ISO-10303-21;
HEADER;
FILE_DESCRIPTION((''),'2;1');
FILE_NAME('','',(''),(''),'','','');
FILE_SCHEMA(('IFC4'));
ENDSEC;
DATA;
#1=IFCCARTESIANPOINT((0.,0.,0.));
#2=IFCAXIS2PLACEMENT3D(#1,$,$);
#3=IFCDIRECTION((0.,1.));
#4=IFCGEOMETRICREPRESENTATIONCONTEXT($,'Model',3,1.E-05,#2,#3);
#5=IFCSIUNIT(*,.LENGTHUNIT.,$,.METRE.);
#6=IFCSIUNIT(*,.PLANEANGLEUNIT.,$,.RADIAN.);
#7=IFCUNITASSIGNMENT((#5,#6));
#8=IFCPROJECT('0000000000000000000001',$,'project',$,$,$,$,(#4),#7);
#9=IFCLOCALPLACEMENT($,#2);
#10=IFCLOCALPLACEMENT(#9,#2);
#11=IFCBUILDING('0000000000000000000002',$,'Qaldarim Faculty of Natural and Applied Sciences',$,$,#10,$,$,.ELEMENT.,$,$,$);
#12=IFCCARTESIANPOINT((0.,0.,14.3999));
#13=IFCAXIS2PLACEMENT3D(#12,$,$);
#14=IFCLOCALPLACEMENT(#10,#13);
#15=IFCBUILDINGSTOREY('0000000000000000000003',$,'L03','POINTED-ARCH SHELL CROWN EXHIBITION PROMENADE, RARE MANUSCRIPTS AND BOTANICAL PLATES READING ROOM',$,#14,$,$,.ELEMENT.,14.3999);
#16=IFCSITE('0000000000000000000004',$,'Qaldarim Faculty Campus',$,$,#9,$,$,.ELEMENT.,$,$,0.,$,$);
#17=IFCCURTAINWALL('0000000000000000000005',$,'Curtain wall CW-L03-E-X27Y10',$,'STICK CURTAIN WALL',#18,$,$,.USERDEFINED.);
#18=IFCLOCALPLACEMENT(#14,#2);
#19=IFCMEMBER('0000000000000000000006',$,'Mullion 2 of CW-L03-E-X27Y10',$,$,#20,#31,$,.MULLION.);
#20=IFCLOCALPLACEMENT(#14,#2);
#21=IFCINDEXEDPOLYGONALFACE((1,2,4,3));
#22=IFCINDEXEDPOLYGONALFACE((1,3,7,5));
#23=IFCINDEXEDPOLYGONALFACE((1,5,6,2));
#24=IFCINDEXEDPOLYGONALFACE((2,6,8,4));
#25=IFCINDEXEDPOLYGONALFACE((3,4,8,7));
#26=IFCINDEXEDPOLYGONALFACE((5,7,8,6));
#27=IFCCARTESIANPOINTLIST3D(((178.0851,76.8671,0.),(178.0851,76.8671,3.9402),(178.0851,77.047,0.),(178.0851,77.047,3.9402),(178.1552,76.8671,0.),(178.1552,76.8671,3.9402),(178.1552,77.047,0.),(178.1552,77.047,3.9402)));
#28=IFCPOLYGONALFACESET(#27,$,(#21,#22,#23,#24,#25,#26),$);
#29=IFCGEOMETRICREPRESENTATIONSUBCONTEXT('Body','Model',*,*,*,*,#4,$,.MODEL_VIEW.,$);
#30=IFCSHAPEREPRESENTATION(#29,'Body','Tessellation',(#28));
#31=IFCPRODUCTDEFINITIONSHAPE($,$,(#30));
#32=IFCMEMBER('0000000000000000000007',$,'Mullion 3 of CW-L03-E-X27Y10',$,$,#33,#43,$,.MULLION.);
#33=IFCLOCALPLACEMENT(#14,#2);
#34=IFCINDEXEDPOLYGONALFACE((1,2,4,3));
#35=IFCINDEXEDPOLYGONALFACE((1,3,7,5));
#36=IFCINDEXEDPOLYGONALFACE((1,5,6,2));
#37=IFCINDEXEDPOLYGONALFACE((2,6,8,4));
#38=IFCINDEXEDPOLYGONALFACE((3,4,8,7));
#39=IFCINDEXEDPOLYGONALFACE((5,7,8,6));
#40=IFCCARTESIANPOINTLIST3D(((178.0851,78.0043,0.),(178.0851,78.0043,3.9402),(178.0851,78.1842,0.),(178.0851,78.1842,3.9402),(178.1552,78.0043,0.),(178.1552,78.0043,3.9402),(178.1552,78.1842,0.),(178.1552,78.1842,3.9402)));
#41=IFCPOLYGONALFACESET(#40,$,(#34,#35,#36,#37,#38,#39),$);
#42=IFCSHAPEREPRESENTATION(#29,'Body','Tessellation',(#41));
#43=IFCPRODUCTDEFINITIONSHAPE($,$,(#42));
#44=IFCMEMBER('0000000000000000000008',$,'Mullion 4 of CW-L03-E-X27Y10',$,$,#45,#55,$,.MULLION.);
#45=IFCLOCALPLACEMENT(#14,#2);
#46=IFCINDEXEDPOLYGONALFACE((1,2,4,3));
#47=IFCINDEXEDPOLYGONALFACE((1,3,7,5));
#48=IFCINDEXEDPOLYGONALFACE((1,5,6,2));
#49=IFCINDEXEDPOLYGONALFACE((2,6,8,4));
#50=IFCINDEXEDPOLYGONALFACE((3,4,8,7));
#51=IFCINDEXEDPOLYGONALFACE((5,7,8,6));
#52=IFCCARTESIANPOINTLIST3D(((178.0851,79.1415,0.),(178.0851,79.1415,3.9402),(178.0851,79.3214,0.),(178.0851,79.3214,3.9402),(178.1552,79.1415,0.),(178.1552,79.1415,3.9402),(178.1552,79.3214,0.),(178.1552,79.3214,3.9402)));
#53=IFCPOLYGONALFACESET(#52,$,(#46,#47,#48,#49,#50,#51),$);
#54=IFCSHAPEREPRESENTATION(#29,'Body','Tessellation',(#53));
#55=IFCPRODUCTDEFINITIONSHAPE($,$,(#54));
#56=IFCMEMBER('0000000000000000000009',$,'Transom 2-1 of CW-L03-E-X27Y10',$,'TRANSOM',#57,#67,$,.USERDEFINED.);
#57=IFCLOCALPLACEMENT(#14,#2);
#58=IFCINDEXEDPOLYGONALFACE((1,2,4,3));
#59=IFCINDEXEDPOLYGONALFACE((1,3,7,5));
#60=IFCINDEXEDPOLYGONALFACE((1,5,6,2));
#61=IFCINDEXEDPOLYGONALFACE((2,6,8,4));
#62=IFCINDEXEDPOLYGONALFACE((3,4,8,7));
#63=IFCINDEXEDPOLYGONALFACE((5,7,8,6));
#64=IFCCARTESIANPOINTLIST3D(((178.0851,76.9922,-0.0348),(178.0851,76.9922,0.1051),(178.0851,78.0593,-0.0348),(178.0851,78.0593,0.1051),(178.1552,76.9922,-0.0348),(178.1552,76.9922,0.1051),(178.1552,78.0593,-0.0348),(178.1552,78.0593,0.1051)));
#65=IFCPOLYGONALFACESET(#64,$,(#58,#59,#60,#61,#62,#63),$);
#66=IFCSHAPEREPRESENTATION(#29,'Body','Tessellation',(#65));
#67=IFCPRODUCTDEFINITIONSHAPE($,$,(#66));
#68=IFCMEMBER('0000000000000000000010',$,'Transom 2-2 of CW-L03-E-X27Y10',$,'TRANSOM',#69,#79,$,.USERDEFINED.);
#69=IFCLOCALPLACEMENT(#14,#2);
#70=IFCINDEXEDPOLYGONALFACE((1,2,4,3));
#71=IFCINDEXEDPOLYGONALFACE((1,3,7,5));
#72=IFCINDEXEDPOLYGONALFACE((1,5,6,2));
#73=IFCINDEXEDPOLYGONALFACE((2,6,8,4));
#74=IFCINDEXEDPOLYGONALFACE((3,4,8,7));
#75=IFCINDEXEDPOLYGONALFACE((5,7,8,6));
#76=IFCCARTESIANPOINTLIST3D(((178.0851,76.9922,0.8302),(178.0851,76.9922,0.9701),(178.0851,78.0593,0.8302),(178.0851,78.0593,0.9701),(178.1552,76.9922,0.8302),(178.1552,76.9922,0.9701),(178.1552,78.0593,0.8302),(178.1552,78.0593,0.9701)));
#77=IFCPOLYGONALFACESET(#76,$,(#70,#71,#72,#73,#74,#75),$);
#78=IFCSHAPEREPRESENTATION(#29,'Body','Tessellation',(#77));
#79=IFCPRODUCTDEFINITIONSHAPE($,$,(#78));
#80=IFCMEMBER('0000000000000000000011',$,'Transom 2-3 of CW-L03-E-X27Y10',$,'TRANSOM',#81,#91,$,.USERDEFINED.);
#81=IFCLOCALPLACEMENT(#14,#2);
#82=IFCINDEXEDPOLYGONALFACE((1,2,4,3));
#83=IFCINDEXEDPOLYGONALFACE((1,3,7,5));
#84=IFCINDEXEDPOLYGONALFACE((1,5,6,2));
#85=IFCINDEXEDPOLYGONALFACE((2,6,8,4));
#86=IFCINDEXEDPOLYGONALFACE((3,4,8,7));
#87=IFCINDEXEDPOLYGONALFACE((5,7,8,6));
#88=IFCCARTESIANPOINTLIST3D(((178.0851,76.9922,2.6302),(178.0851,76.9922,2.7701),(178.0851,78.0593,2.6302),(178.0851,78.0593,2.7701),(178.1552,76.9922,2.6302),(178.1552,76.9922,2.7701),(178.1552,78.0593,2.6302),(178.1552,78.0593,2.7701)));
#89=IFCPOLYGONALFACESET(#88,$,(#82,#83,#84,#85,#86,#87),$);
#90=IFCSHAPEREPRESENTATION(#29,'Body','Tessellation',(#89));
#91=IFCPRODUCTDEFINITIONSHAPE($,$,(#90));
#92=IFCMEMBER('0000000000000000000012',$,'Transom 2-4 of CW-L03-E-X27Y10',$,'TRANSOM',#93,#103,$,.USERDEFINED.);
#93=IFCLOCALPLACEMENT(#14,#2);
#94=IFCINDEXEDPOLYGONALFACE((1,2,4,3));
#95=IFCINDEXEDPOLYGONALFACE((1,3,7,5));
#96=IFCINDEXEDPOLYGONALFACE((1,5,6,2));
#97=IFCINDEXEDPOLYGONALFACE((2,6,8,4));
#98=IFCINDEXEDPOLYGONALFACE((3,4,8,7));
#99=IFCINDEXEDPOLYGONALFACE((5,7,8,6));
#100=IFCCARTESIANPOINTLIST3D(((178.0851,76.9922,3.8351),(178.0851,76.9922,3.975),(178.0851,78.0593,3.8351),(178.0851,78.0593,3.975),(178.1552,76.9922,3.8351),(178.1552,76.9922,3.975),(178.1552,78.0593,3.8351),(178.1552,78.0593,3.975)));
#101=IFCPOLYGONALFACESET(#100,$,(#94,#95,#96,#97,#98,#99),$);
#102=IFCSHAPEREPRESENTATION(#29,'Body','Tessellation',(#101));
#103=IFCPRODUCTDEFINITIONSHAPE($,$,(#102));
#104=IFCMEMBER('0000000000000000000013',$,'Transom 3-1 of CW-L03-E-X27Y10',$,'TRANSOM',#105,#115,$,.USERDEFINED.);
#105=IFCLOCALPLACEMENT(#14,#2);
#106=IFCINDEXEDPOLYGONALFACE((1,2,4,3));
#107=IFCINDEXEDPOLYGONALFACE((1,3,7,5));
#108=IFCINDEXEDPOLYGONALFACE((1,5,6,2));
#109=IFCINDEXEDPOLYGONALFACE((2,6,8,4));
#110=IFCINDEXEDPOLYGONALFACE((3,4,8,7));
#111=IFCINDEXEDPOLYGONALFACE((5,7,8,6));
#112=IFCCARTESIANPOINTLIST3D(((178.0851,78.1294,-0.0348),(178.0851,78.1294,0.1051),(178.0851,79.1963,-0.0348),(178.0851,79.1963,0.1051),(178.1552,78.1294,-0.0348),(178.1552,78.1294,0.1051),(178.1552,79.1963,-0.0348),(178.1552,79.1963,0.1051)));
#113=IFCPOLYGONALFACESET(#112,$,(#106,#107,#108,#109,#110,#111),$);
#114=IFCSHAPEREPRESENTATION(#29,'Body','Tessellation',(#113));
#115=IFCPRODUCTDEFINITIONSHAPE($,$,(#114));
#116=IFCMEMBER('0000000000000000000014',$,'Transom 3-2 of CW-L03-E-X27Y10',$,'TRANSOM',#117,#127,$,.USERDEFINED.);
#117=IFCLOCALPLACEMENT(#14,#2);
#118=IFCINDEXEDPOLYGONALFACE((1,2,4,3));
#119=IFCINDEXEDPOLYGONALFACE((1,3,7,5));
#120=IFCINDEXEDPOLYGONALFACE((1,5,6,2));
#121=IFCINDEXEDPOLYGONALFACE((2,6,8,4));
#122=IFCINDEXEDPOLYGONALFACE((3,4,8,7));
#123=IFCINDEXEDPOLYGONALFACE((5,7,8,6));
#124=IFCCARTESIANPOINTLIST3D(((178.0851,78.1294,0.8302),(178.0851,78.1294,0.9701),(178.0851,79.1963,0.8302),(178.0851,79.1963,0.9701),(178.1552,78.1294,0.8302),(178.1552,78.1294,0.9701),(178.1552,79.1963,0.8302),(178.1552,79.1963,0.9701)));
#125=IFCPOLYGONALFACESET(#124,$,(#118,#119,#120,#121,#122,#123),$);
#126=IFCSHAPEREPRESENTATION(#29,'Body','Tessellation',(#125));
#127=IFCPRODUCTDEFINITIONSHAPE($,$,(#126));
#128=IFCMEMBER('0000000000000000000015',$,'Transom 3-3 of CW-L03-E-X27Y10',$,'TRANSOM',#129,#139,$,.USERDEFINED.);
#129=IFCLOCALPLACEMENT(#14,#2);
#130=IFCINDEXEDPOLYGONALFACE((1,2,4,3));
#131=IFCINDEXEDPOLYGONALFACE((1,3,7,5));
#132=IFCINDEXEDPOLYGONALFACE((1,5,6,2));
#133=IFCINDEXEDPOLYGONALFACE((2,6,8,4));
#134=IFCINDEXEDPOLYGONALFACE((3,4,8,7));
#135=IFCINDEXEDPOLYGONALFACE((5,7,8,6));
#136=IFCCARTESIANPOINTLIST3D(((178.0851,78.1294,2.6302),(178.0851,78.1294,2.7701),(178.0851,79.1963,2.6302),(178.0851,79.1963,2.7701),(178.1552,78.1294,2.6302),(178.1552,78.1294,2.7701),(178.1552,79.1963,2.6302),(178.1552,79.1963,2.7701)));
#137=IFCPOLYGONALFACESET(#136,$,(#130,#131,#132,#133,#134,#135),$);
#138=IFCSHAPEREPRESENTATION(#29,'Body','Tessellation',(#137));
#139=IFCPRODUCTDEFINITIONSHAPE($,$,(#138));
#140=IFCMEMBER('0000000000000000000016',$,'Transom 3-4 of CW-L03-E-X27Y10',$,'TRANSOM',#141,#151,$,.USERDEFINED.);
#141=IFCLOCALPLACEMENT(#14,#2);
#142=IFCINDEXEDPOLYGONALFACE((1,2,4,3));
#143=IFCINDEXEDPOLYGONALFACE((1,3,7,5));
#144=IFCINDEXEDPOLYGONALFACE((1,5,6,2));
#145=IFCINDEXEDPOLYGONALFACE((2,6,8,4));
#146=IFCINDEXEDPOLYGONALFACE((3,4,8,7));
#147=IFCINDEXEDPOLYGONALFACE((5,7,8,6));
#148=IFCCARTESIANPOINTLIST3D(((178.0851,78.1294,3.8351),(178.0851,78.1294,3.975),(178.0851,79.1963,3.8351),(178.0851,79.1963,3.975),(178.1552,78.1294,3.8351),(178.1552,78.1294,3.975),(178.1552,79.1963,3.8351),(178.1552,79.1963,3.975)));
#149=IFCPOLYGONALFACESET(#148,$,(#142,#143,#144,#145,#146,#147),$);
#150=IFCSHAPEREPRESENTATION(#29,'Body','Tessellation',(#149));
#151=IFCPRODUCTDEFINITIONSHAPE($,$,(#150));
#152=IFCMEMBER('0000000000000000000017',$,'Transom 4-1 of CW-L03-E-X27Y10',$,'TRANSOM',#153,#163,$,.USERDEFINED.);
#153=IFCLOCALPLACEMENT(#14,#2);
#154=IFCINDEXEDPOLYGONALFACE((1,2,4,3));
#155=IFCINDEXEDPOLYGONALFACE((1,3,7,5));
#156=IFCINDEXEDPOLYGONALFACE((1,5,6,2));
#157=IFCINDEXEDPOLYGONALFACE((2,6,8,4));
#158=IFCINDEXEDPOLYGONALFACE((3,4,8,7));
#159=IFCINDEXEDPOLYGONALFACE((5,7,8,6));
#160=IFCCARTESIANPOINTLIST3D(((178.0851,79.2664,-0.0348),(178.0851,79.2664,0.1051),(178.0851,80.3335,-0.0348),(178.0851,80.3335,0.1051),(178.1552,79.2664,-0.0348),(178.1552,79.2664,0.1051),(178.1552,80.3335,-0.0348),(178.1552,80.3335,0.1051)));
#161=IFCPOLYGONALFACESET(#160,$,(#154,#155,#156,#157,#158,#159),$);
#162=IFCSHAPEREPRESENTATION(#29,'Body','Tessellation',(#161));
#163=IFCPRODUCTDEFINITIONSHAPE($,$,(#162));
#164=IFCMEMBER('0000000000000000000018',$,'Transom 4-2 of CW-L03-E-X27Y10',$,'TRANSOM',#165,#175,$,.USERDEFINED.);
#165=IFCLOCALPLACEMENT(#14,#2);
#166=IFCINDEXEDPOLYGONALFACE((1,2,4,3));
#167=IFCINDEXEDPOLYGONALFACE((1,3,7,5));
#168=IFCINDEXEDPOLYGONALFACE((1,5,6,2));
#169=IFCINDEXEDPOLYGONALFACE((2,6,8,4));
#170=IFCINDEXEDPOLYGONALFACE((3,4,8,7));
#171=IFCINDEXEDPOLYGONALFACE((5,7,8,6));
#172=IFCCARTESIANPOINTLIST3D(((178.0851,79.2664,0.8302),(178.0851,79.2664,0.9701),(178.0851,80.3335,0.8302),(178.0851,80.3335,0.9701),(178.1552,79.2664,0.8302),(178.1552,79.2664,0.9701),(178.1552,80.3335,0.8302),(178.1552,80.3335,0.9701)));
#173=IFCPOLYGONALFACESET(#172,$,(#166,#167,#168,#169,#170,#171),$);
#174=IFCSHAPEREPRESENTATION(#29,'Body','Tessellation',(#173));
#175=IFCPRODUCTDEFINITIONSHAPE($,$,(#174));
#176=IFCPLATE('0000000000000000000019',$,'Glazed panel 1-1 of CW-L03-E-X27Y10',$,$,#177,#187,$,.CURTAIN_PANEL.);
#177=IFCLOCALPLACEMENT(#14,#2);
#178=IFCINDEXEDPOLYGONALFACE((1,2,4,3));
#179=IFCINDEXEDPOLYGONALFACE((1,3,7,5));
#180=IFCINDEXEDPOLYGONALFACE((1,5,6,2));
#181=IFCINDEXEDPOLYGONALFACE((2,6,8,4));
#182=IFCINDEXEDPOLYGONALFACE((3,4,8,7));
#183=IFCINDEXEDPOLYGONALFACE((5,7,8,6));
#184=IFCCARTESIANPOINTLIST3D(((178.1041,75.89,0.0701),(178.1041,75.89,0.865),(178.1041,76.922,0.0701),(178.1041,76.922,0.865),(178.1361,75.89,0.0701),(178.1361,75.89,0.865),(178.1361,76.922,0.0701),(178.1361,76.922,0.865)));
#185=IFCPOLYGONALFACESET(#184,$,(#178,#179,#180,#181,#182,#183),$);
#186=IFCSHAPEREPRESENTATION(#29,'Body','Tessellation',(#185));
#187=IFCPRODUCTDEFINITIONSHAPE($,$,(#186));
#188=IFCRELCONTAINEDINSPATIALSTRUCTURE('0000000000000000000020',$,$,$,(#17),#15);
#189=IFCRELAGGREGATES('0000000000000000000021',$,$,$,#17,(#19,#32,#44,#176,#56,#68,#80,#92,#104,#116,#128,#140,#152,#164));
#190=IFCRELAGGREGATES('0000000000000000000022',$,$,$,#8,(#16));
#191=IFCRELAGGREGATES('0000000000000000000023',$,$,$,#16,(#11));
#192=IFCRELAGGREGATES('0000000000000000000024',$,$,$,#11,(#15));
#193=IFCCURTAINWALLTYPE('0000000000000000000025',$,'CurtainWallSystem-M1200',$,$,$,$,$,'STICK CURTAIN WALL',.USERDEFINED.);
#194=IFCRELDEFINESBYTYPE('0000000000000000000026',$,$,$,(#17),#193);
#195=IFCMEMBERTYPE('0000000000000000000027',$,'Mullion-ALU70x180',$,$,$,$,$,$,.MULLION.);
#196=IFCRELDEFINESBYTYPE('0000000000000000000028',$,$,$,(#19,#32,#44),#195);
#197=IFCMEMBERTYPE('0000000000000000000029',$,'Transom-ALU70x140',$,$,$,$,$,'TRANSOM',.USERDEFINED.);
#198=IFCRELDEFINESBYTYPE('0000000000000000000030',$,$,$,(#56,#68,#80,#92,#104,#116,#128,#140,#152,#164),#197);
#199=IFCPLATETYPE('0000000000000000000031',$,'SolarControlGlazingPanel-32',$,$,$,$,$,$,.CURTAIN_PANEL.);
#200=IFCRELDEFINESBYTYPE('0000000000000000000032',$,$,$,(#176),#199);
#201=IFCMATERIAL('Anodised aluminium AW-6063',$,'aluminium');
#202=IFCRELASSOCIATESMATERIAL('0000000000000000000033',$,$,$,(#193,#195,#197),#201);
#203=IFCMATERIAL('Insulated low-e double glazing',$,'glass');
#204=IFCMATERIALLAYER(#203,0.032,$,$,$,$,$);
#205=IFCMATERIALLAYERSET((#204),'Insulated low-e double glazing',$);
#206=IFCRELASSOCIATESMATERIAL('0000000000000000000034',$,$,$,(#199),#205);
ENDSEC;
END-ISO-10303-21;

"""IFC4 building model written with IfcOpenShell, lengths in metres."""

from ifc_helpers import new_model, si_unit, direction, frame, origin, origin_2d, place, context, subcontext, project, spatial, rectangle, extrude, material, layer, layer_set, material_profile, profile_set, type_object, element, aggregate, save


model = new_model("IFC4")

# Units and contexts
model_context = context("Model", 3, precision=1e-05, world=origin(), true_north=direction((0.0, 1.0)))
body_context = subcontext(model_context, "Body", "Model", "MODEL_VIEW")
ifc_project = project(units=[si_unit("LENGTHUNIT", "METRE"), si_unit("PLANEANGLEUNIT", "RADIAN")], contexts=[model_context])

# Site, building, storey
site_placement = place(None, origin())
site = spatial("IfcSite", under=ifc_project, at=site_placement, Name="Qaldarim Faculty Campus", CompositionType="ELEMENT", RefElevation=0.0)
building_placement = place(site_placement, origin())
building = spatial("IfcBuilding", under=site, at=building_placement, Name="Qaldarim Faculty of Natural and Applied Sciences", CompositionType="ELEMENT")
storey_placement = place(building_placement, frame((0.0, 0.0, 14.3999)))
storey = spatial("IfcBuildingStorey", under=building, at=storey_placement, Name="L03", Description="POINTED-ARCH SHELL CROWN EXHIBITION PROMENADE, RARE MANUSCRIPTS AND BOTANICAL PLATES READING ROOM", CompositionType="ELEMENT", Elevation=14.3999)

# Curtain wall, members, plate
ifc_material_1 = material(Name="Anodised aluminium AW-6063", Category="aluminium")
curtain_wall_type = type_object("IfcCurtainWallType", Name="CurtainWallSystem-M1200", ElementType="STICK CURTAIN WALL", PredefinedType="USERDEFINED", material=ifc_material_1)
curtain_wall_placement = place(storey_placement, origin())
curtain_wall = element("IfcCurtainWall", 1, at=curtain_wall_placement, inside=storey, type_object=curtain_wall_type, Name="Curtain wall CW-L03-E-X27Y10", ObjectType="STICK CURTAIN WALL", PredefinedType="USERDEFINED")
ifc_material_profile_1 = material_profile(ifc_material_1, rectangle(XDim=0.0701, YDim=0.1799, at=origin_2d()), Name="ALU-M70x180")
ifc_profile_set_1 = profile_set([ifc_material_profile_1], Name="Anodised aluminium AW-6063")
member_type_1 = type_object("IfcMemberType", Name="Mullion-ALU70x180", PredefinedType="MULLION", material=ifc_profile_set_1)
member_1_placement = place(storey_placement, frame((178.1201, 76.957, 0.0), z_axis=(0.0, 0.0, 1.0), x_axis=(-1.0, 0.0, 0.0)))
member_1 = element("IfcMember", 2, at=member_1_placement, type_object=member_type_1, Name="Mullion 2 of CW-L03-E-X27Y10", PredefinedType="MULLION", context=body_context, shape_type="SweptSolid", body=[
    extrude(rectangle(XDim=0.0701, YDim=0.1799, at=origin_2d()), origin(), (0.0, 0.0, 1.0), 3.9402),
])
member_2_placement = place(storey_placement, frame((178.1201, 78.0942, 0.0), z_axis=(0.0, 0.0, 1.0), x_axis=(-1.0, 0.0, 0.0)))
member_2 = element("IfcMember", 3, at=member_2_placement, type_object=member_type_1, Name="Mullion 3 of CW-L03-E-X27Y10", PredefinedType="MULLION", context=body_context, shape_type="SweptSolid", body=[
    extrude(rectangle(XDim=0.0701, YDim=0.1799, at=origin_2d()), origin(), (0.0, 0.0, 1.0), 3.9402),
])
member_3_placement = place(storey_placement, frame((178.1201, 79.2314, 0.0), z_axis=(0.0, 0.0, 1.0), x_axis=(-1.0, 0.0, 0.0)))
member_3 = element("IfcMember", 4, at=member_3_placement, type_object=member_type_1, Name="Mullion 4 of CW-L03-E-X27Y10", PredefinedType="MULLION", context=body_context, shape_type="SweptSolid", body=[
    extrude(rectangle(XDim=0.0701, YDim=0.1799, at=origin_2d()), origin(), (0.0, 0.0, 1.0), 3.9402),
])
ifc_material_profile_2 = material_profile(ifc_material_1, rectangle(XDim=0.0701, YDim=0.1399, at=origin_2d()), Name="ALU-T70x140")
ifc_profile_set_2 = profile_set([ifc_material_profile_2], Name="Anodised aluminium AW-6063")
member_type_2 = type_object("IfcMemberType", Name="Transom-ALU70x140", ElementType="TRANSOM", PredefinedType="USERDEFINED", material=ifc_profile_set_2)
member_4_placement = place(storey_placement, frame((178.1201, 76.9922, 0.0352), z_axis=(0.0, 1.0, 0.0), x_axis=(-1.0, 0.0, 0.0)))
member_4 = element("IfcMember", 5, at=member_4_placement, type_object=member_type_2, Name="Transom 2-1 of CW-L03-E-X27Y10", ObjectType="TRANSOM", PredefinedType="USERDEFINED", context=body_context, shape_type="SweptSolid", body=[
    extrude(rectangle(XDim=0.0701, YDim=0.1399, at=origin_2d()), origin(), (0.0, 0.0, 1.0), 1.0671),
])
member_5_placement = place(storey_placement, frame((178.1201, 76.9922, 0.9001), z_axis=(0.0, 1.0, 0.0), x_axis=(-1.0, 0.0, 0.0)))
member_5 = element("IfcMember", 6, at=member_5_placement, type_object=member_type_2, Name="Transom 2-2 of CW-L03-E-X27Y10", ObjectType="TRANSOM", PredefinedType="USERDEFINED", context=body_context, shape_type="SweptSolid", body=[
    extrude(rectangle(XDim=0.0701, YDim=0.1399, at=origin_2d()), origin(), (0.0, 0.0, 1.0), 1.0671),
])
member_6_placement = place(storey_placement, frame((178.1201, 76.9922, 2.7002), z_axis=(0.0, 1.0, 0.0), x_axis=(-1.0, 0.0, 0.0)))
member_6 = element("IfcMember", 7, at=member_6_placement, type_object=member_type_2, Name="Transom 2-3 of CW-L03-E-X27Y10", ObjectType="TRANSOM", PredefinedType="USERDEFINED", context=body_context, shape_type="SweptSolid", body=[
    extrude(rectangle(XDim=0.0701, YDim=0.1399, at=origin_2d()), origin(), (0.0, 0.0, 1.0), 1.0671),
])
member_7_placement = place(storey_placement, frame((178.1201, 76.9922, 3.905), z_axis=(0.0, 1.0, 0.0), x_axis=(-1.0, 0.0, 0.0)))
member_7 = element("IfcMember", 8, at=member_7_placement, type_object=member_type_2, Name="Transom 2-4 of CW-L03-E-X27Y10", ObjectType="TRANSOM", PredefinedType="USERDEFINED", context=body_context, shape_type="SweptSolid", body=[
    extrude(rectangle(XDim=0.0701, YDim=0.1399, at=origin_2d()), origin(), (0.0, 0.0, 1.0), 1.0671),
])
member_8_placement = place(storey_placement, frame((178.1201, 78.1294, 0.0352), z_axis=(0.0, 1.0, 0.0), x_axis=(-1.0, 0.0, 0.0)))
member_8 = element("IfcMember", 9, at=member_8_placement, type_object=member_type_2, Name="Transom 3-1 of CW-L03-E-X27Y10", ObjectType="TRANSOM", PredefinedType="USERDEFINED", context=body_context, shape_type="SweptSolid", body=[
    extrude(rectangle(XDim=0.0701, YDim=0.1399, at=origin_2d()), origin(), (0.0, 0.0, 1.0), 1.0669),
])
member_9_placement = place(storey_placement, frame((178.1201, 78.1294, 0.9001), z_axis=(0.0, 1.0, 0.0), x_axis=(-1.0, 0.0, 0.0)))
member_9 = element("IfcMember", 10, at=member_9_placement, type_object=member_type_2, Name="Transom 3-2 of CW-L03-E-X27Y10", ObjectType="TRANSOM", PredefinedType="USERDEFINED", context=body_context, shape_type="SweptSolid", body=[
    extrude(rectangle(XDim=0.0701, YDim=0.1399, at=origin_2d()), origin(), (0.0, 0.0, 1.0), 1.0669),
])
member_10_placement = place(storey_placement, frame((178.1201, 78.1294, 2.7002), z_axis=(0.0, 1.0, 0.0), x_axis=(-1.0, 0.0, 0.0)))
member_10 = element("IfcMember", 11, at=member_10_placement, type_object=member_type_2, Name="Transom 3-3 of CW-L03-E-X27Y10", ObjectType="TRANSOM", PredefinedType="USERDEFINED", context=body_context, shape_type="SweptSolid", body=[
    extrude(rectangle(XDim=0.0701, YDim=0.1399, at=origin_2d()), origin(), (0.0, 0.0, 1.0), 1.0669),
])
member_11_placement = place(storey_placement, frame((178.1201, 78.1294, 3.905), z_axis=(0.0, 1.0, 0.0), x_axis=(-1.0, 0.0, 0.0)))
member_11 = element("IfcMember", 12, at=member_11_placement, type_object=member_type_2, Name="Transom 3-4 of CW-L03-E-X27Y10", ObjectType="TRANSOM", PredefinedType="USERDEFINED", context=body_context, shape_type="SweptSolid", body=[
    extrude(rectangle(XDim=0.0701, YDim=0.1399, at=origin_2d()), origin(), (0.0, 0.0, 1.0), 1.0669),
])
member_12_placement = place(storey_placement, frame((178.1201, 79.2664, 0.0352), z_axis=(0.0, 1.0, 0.0), x_axis=(-1.0, 0.0, 0.0)))
member_12 = element("IfcMember", 13, at=member_12_placement, type_object=member_type_2, Name="Transom 4-1 of CW-L03-E-X27Y10", ObjectType="TRANSOM", PredefinedType="USERDEFINED", context=body_context, shape_type="SweptSolid", body=[
    extrude(rectangle(XDim=0.0701, YDim=0.1399, at=origin_2d()), origin(), (0.0, 0.0, 1.0), 1.0671),
])
member_13_placement = place(storey_placement, frame((178.1201, 79.2664, 0.9001), z_axis=(0.0, 1.0, 0.0), x_axis=(-1.0, 0.0, 0.0)))
member_13 = element("IfcMember", 14, at=member_13_placement, type_object=member_type_2, Name="Transom 4-2 of CW-L03-E-X27Y10", ObjectType="TRANSOM", PredefinedType="USERDEFINED", context=body_context, shape_type="SweptSolid", body=[
    extrude(rectangle(XDim=0.0701, YDim=0.1399, at=origin_2d()), origin(), (0.0, 0.0, 1.0), 1.0671),
])
ifc_material_2 = material(Name="Insulated low-e double glazing", Category="glass")
ifc_layer = layer(ifc_material_2, 0.032)
ifc_layer_set = layer_set([ifc_layer], Name="Insulated low-e double glazing")
plate_type = type_object("IfcPlateType", Name="SolarControlGlazingPanel-32", PredefinedType="CURTAIN_PANEL", material=ifc_layer_set)
plate_1_placement = place(storey_placement, frame((178.1201, 76.406, 0.0701), z_axis=(0.0, 0.0, 1.0), x_axis=(0.0, 1.0, 0.0)))
plate_1 = element("IfcPlate", 15, at=plate_1_placement, type_object=plate_type, Name="Glazed panel 1-1 of CW-L03-E-X27Y10", PredefinedType="CURTAIN_PANEL", context=body_context, shape_type="SweptSolid", body=[
    extrude(rectangle(XDim=1.032, YDim=0.032, at=origin_2d()), origin(), (0.0, 0.0, 1.0), 0.7949),
])
aggregate(curtain_wall, [member_1, member_2, member_3, plate_1, member_4, member_5, member_6, member_7, member_8, member_9, member_10, member_11, member_12, member_13])

save(model, "model.ifc")
